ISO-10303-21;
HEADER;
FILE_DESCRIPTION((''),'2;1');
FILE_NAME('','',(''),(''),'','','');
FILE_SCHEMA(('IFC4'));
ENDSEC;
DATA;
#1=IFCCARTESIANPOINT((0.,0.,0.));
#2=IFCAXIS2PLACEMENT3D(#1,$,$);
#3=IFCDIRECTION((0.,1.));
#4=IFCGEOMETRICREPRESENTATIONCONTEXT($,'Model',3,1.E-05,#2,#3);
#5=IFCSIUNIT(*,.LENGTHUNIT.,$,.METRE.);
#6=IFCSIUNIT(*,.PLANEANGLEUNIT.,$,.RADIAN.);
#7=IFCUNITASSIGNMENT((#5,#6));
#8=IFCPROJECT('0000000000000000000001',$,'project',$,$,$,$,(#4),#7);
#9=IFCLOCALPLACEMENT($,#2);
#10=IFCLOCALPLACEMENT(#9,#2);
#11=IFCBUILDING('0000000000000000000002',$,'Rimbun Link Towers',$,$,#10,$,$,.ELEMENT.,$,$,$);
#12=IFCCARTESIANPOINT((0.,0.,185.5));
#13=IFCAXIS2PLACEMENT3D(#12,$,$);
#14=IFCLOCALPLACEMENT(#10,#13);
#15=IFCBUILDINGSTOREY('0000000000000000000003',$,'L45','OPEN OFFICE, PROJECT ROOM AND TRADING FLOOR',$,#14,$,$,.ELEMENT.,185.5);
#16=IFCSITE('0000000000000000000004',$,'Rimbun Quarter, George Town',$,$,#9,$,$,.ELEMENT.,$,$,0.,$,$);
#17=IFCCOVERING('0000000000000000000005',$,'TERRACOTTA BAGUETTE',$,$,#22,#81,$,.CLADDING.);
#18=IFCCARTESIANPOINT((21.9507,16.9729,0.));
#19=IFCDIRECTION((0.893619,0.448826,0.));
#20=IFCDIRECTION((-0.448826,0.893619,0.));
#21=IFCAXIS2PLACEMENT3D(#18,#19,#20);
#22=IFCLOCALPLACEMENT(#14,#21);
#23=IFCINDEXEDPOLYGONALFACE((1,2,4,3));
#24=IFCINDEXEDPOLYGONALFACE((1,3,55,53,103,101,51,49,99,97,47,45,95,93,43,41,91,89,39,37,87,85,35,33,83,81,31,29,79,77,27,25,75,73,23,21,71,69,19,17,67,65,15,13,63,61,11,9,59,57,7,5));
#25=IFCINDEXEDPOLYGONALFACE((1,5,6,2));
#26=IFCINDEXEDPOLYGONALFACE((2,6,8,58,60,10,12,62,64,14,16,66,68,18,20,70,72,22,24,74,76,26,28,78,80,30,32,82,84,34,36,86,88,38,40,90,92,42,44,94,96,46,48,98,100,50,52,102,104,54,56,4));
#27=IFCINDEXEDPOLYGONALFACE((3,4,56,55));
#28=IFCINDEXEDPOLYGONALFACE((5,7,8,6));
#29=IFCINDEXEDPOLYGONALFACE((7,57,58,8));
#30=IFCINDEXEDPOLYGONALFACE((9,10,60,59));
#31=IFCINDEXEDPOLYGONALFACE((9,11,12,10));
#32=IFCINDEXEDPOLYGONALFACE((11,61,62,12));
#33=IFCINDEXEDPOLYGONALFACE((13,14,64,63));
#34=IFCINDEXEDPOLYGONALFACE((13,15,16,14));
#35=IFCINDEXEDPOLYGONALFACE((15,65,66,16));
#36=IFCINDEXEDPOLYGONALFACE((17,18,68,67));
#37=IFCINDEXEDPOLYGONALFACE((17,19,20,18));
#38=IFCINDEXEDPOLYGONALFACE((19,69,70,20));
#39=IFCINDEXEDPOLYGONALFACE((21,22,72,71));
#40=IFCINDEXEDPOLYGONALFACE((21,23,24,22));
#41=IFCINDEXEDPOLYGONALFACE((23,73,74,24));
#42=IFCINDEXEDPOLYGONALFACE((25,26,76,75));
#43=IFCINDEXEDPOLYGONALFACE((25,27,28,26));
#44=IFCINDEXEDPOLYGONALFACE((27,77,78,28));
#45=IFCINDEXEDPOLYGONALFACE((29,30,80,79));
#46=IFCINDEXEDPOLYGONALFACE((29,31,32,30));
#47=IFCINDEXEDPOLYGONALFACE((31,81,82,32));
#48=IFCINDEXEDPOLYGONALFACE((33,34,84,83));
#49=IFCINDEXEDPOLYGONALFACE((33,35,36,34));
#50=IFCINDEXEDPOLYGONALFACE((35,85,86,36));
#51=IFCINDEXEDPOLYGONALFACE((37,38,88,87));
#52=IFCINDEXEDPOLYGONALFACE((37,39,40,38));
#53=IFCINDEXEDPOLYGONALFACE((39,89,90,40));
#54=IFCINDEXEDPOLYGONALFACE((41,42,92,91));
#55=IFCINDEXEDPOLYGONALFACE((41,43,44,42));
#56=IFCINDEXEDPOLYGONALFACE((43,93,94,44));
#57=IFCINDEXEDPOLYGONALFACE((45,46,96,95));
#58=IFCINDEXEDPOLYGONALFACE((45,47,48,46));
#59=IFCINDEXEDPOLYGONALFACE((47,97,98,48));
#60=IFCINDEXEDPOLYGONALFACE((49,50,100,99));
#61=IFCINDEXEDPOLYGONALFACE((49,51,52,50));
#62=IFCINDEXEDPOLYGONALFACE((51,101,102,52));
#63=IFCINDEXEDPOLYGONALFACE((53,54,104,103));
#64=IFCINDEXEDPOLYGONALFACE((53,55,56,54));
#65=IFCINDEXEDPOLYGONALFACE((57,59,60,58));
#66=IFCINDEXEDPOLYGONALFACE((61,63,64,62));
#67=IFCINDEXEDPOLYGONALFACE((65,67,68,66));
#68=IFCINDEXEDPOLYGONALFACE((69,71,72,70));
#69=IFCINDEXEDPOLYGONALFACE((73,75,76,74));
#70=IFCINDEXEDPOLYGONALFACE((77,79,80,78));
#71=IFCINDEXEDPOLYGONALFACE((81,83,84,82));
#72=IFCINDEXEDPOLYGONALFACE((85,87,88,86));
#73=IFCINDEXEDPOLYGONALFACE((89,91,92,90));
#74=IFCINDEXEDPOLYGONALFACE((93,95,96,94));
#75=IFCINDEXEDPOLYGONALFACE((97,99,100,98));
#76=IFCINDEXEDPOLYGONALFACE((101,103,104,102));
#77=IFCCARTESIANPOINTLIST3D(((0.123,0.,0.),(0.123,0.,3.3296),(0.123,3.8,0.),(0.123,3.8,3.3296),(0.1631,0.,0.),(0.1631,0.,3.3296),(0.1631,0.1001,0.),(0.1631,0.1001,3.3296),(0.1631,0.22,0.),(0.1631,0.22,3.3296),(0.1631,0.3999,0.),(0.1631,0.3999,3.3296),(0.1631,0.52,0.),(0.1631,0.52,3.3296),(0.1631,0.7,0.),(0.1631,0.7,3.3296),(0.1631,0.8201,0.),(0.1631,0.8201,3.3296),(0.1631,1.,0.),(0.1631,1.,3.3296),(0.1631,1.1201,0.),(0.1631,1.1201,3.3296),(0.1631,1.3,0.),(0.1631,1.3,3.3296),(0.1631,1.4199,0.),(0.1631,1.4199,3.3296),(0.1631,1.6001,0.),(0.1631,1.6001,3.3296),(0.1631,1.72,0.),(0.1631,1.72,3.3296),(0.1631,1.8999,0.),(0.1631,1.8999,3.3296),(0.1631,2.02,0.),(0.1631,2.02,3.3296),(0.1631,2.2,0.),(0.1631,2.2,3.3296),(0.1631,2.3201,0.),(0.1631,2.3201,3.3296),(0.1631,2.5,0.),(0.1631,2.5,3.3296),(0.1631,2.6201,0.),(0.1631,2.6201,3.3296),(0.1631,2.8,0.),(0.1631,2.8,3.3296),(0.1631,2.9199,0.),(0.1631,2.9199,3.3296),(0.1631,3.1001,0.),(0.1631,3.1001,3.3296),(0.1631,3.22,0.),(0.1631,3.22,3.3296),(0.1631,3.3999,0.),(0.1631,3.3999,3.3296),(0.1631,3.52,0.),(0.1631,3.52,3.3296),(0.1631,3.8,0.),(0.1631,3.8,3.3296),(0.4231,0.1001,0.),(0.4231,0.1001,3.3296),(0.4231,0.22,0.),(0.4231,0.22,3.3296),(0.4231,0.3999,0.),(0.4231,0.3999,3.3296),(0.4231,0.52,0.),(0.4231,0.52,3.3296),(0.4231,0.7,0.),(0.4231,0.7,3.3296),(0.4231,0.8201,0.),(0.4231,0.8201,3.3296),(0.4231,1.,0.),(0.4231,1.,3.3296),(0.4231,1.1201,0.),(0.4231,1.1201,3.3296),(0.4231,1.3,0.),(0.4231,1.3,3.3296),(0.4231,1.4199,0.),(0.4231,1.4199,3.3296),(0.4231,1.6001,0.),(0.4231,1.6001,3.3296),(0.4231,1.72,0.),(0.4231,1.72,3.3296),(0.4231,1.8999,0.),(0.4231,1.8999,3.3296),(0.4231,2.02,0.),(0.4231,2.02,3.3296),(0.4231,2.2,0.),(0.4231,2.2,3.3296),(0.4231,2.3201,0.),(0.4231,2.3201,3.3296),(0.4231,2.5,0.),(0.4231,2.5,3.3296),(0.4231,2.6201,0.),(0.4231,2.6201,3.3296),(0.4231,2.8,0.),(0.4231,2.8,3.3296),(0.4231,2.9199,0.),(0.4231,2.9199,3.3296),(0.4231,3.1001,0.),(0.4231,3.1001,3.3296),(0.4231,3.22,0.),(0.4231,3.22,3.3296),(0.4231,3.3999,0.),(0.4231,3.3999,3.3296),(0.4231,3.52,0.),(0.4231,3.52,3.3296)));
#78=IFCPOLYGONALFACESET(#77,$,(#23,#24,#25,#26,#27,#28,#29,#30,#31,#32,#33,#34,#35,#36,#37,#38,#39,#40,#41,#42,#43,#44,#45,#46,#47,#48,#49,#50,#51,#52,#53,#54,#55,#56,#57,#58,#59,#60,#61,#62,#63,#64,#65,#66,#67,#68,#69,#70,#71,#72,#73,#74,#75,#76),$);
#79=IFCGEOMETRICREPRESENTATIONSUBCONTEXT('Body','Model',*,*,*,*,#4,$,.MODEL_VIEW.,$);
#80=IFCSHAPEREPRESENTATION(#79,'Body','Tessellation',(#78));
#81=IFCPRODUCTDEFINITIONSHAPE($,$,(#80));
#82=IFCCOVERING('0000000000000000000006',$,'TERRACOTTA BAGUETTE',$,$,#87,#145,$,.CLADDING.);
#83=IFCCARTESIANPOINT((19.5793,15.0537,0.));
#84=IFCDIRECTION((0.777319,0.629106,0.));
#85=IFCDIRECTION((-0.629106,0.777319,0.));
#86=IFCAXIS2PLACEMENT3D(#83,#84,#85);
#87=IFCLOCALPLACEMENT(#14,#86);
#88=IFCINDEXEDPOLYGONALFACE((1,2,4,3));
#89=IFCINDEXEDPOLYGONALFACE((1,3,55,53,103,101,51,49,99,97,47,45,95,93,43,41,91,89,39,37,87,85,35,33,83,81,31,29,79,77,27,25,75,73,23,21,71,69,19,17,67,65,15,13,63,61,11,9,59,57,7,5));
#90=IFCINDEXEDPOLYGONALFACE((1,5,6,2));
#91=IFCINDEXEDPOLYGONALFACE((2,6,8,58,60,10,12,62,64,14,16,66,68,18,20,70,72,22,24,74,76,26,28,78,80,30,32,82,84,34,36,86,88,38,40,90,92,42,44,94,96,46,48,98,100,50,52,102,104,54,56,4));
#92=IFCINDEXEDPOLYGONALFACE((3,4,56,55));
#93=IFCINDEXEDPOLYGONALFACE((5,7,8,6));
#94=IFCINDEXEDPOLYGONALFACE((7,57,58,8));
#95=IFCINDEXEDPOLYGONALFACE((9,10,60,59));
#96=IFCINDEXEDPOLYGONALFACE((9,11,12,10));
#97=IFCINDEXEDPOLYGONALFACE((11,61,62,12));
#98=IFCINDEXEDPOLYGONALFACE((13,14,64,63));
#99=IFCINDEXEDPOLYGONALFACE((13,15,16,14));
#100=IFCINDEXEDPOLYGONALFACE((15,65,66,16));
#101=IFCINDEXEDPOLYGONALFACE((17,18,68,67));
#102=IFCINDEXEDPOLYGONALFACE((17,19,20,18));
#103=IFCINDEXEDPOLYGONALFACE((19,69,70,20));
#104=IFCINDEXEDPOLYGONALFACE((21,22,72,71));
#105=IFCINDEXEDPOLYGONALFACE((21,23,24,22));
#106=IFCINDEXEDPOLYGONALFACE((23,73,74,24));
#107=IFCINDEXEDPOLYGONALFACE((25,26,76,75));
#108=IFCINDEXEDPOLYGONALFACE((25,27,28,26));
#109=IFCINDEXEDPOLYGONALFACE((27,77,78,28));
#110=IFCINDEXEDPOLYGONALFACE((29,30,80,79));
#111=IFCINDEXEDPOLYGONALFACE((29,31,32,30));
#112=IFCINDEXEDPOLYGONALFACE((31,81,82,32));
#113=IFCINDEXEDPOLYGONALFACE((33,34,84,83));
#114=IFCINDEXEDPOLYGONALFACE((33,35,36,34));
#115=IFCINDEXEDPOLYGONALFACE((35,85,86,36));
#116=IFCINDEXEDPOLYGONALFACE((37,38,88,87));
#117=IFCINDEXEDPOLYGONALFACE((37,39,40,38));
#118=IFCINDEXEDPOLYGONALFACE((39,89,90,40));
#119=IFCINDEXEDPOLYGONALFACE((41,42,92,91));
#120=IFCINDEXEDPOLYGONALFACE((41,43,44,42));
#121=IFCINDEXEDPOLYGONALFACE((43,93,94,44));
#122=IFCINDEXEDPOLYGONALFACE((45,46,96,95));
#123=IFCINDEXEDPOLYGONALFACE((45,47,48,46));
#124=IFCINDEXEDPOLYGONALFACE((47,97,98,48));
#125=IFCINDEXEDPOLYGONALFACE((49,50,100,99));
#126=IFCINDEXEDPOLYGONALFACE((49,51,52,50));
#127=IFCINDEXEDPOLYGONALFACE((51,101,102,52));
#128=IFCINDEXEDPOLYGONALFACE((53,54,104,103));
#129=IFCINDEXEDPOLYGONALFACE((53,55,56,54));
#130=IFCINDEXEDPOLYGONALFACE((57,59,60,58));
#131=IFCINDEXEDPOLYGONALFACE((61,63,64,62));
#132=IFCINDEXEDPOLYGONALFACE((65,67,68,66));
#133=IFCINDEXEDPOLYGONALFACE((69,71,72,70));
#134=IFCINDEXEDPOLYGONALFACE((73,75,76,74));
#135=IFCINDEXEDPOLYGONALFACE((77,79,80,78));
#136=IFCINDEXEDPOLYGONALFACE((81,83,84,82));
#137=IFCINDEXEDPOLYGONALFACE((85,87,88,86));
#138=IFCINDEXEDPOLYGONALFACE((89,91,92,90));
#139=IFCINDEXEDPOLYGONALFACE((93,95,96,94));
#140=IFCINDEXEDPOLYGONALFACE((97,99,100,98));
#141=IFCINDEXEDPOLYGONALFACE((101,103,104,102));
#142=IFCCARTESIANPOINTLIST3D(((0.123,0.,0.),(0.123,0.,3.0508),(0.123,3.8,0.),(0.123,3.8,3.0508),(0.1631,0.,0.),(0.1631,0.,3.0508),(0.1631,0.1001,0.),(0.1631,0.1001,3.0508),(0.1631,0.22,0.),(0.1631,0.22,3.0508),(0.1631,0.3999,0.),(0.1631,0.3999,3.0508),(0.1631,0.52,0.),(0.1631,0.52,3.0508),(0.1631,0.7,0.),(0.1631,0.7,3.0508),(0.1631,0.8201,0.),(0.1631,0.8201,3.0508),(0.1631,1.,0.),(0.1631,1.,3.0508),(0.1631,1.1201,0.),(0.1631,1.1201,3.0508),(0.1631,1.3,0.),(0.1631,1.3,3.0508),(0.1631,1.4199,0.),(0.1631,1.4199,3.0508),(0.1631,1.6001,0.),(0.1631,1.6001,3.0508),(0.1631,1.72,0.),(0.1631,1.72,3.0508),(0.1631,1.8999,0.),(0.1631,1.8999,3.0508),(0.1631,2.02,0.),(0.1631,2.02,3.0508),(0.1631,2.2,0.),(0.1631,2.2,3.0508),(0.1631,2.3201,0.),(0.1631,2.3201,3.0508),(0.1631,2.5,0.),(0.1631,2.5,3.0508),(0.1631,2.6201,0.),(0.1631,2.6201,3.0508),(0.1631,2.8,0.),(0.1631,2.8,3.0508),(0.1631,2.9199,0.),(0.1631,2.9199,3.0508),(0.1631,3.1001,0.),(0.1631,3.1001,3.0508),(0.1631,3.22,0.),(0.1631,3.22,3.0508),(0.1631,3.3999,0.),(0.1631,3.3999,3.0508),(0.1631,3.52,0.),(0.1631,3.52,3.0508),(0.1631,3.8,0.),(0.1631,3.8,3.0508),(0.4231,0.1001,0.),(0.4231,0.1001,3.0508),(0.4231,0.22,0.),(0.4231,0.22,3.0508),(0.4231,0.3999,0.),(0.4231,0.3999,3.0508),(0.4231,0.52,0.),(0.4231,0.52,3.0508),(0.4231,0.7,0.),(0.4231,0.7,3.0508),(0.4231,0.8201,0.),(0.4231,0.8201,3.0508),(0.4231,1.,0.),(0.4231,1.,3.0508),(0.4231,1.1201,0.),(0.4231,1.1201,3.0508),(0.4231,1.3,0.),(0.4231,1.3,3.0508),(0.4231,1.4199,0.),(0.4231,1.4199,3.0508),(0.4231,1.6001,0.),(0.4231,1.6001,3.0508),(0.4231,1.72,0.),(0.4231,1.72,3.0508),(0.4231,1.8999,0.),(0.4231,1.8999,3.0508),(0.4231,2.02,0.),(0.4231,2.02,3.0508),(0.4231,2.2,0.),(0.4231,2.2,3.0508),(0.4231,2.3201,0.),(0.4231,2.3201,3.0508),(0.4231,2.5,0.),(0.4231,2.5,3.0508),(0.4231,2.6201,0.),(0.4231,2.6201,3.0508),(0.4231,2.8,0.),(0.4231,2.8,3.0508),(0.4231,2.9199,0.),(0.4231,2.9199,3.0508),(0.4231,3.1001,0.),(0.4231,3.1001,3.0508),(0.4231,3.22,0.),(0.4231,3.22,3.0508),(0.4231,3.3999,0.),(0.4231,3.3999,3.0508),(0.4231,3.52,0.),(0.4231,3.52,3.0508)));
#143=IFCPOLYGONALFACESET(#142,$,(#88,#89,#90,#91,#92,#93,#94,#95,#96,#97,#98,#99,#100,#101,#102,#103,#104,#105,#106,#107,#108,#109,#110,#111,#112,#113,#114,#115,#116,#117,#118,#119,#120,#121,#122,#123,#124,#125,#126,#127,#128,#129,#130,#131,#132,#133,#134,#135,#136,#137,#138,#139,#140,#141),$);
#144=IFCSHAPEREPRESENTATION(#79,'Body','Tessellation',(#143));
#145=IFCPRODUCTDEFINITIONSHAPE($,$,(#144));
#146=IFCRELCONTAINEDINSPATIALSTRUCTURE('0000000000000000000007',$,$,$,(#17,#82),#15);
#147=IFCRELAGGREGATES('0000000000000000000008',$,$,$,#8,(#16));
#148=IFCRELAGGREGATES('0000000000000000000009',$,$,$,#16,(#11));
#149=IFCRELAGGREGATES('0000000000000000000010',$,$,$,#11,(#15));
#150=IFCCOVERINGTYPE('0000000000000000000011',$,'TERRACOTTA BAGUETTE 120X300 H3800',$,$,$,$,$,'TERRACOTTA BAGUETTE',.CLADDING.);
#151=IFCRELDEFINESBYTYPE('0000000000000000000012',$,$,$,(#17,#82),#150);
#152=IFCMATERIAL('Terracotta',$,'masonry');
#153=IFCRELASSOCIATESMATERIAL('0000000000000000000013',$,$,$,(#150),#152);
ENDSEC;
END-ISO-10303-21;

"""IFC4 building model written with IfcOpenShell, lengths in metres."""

from ifc_helpers import new_model, si_unit, direction, frame, origin, place, context, subcontext, project, spatial, polyline, outline, extrude, material, material_profile, profile_set, type_object, element, save


model = new_model("IFC4")

# Units and contexts
model_context = context("Model", 3, precision=1e-05, world=origin(), true_north=direction((0.0, 1.0)))
body_context = subcontext(model_context, "Body", "Model", "MODEL_VIEW")
ifc_project = project(units=[si_unit("LENGTHUNIT", "METRE"), si_unit("PLANEANGLEUNIT", "RADIAN")], contexts=[model_context])

# Site, building, storey
site_placement = place(None, origin())
site = spatial("IfcSite", under=ifc_project, at=site_placement, Name="Rimbun Quarter, George Town", CompositionType="ELEMENT", RefElevation=0.0)
building_placement = place(site_placement, origin())
building = spatial("IfcBuilding", under=site, at=building_placement, Name="Rimbun Link Towers", CompositionType="ELEMENT")
storey_placement = place(building_placement, frame((0.0, 0.0, 185.5)))
storey = spatial("IfcBuildingStorey", under=building, at=storey_placement, Name="L45", Description="OPEN OFFICE, PROJECT ROOM AND TRADING FLOOR", CompositionType="ELEMENT", Elevation=185.5)

# Coverings
ifc_material_1 = material(Name="Terracotta", Category="masonry")
ifc_material_profile_1 = material_profile(ifc_material_1, outline(polyline([(0.123, 0.0), (0.1631, 0.0), (0.1631, 0.1001), (0.4231, 0.1001), (0.4231, 0.22), (0.1631, 0.22), (0.1631, 0.3999), (0.4231, 0.3999), (0.4231, 0.52), (0.1631, 0.52), (0.1631, 0.7), (0.4231, 0.7), (0.4231, 0.8201), (0.1631, 0.8201), (0.1631, 1.0), (0.4231, 1.0), (0.4231, 1.1201), (0.1631, 1.1201), (0.1631, 1.3), (0.4231, 1.3), (0.4231, 1.4199), (0.1631, 1.4199), (0.1631, 1.6001), (0.4231, 1.6001), (0.4231, 1.72), (0.1631, 1.72), (0.1631, 1.8999), (0.4231, 1.8999), (0.4231, 2.02), (0.1631, 2.02), (0.1631, 2.2), (0.4231, 2.2), (0.4231, 2.3201), (0.1631, 2.3201), (0.1631, 2.5), (0.4231, 2.5), (0.4231, 2.6201), (0.1631, 2.6201), (0.1631, 2.8), (0.4231, 2.8), (0.4231, 2.9199), (0.1631, 2.9199), (0.1631, 3.1001), (0.4231, 3.1001), (0.4231, 3.22), (0.1631, 3.22), (0.1631, 3.3999), (0.4231, 3.3999), (0.4231, 3.52), (0.1631, 3.52), (0.1631, 3.8), (0.123, 3.8), (0.123, 0.0)])), Name="BAGUETTE 120X300")
ifc_profile_set_1 = profile_set([ifc_material_profile_1], Name="Terracotta")
covering_type = type_object("IfcCoveringType", Name="TERRACOTTA BAGUETTE 120X300 H3800", ElementType="TERRACOTTA BAGUETTE", PredefinedType="CLADDING", material=ifc_profile_set_1)
covering_1_placement = place(storey_placement, frame((21.9507, 16.9729, 0.0), z_axis=(0.893619, 0.448826, 0.0), x_axis=(-0.448826, 0.893619, 0.0)))
element("IfcCovering", 1, at=covering_1_placement, inside=storey, type_object=covering_type, Name="TERRACOTTA BAGUETTE", PredefinedType="CLADDING", context=body_context, shape_type="SweptSolid", body=[
    extrude(outline(polyline([(0.123, 0.0), (0.1631, 0.0), (0.1631, 0.1001), (0.4231, 0.1001), (0.4231, 0.22), (0.1631, 0.22), (0.1631, 0.3999), (0.4231, 0.3999), (0.4231, 0.52), (0.1631, 0.52), (0.1631, 0.7), (0.4231, 0.7), (0.4231, 0.8201), (0.1631, 0.8201), (0.1631, 1.0), (0.4231, 1.0), (0.4231, 1.1201), (0.1631, 1.1201), (0.1631, 1.3), (0.4231, 1.3), (0.4231, 1.4199), (0.1631, 1.4199), (0.1631, 1.6001), (0.4231, 1.6001), (0.4231, 1.72), (0.1631, 1.72), (0.1631, 1.8999), (0.4231, 1.8999), (0.4231, 2.02), (0.1631, 2.02), (0.1631, 2.2), (0.4231, 2.2), (0.4231, 2.3201), (0.1631, 2.3201), (0.1631, 2.5), (0.4231, 2.5), (0.4231, 2.6201), (0.1631, 2.6201), (0.1631, 2.8), (0.4231, 2.8), (0.4231, 2.9199), (0.1631, 2.9199), (0.1631, 3.1001), (0.4231, 3.1001), (0.4231, 3.22), (0.1631, 3.22), (0.1631, 3.3999), (0.4231, 3.3999), (0.4231, 3.52), (0.1631, 3.52), (0.1631, 3.8), (0.123, 3.8), (0.123, 0.0)])), origin(), (0.0, 0.0, 1.0), 3.3296),
])
covering_2_placement = place(storey_placement, frame((19.5793, 15.0537, 0.0), z_axis=(0.777319, 0.629106, 0.0), x_axis=(-0.629106, 0.777319, 0.0)))
element("IfcCovering", 2, at=covering_2_placement, inside=storey, type_object=covering_type, Name="TERRACOTTA BAGUETTE", PredefinedType="CLADDING", context=body_context, shape_type="SweptSolid", body=[
    extrude(outline(polyline([(0.123, 0.0), (0.1631, 0.0), (0.1631, 0.1001), (0.4231, 0.1001), (0.4231, 0.22), (0.1631, 0.22), (0.1631, 0.3999), (0.4231, 0.3999), (0.4231, 0.52), (0.1631, 0.52), (0.1631, 0.7), (0.4231, 0.7), (0.4231, 0.8201), (0.1631, 0.8201), (0.1631, 1.0), (0.4231, 1.0), (0.4231, 1.1201), (0.1631, 1.1201), (0.1631, 1.3), (0.4231, 1.3), (0.4231, 1.4199), (0.1631, 1.4199), (0.1631, 1.6001), (0.4231, 1.6001), (0.4231, 1.72), (0.1631, 1.72), (0.1631, 1.8999), (0.4231, 1.8999), (0.4231, 2.02), (0.1631, 2.02), (0.1631, 2.2), (0.4231, 2.2), (0.4231, 2.3201), (0.1631, 2.3201), (0.1631, 2.5), (0.4231, 2.5), (0.4231, 2.6201), (0.1631, 2.6201), (0.1631, 2.8), (0.4231, 2.8), (0.4231, 2.9199), (0.1631, 2.9199), (0.1631, 3.1001), (0.4231, 3.1001), (0.4231, 3.22), (0.1631, 3.22), (0.1631, 3.3999), (0.4231, 3.3999), (0.4231, 3.52), (0.1631, 3.52), (0.1631, 3.8), (0.123, 3.8), (0.123, 0.0)])), origin(), (0.0, 0.0, 1.0), 3.0508),
])

save(model, "model.ifc")
